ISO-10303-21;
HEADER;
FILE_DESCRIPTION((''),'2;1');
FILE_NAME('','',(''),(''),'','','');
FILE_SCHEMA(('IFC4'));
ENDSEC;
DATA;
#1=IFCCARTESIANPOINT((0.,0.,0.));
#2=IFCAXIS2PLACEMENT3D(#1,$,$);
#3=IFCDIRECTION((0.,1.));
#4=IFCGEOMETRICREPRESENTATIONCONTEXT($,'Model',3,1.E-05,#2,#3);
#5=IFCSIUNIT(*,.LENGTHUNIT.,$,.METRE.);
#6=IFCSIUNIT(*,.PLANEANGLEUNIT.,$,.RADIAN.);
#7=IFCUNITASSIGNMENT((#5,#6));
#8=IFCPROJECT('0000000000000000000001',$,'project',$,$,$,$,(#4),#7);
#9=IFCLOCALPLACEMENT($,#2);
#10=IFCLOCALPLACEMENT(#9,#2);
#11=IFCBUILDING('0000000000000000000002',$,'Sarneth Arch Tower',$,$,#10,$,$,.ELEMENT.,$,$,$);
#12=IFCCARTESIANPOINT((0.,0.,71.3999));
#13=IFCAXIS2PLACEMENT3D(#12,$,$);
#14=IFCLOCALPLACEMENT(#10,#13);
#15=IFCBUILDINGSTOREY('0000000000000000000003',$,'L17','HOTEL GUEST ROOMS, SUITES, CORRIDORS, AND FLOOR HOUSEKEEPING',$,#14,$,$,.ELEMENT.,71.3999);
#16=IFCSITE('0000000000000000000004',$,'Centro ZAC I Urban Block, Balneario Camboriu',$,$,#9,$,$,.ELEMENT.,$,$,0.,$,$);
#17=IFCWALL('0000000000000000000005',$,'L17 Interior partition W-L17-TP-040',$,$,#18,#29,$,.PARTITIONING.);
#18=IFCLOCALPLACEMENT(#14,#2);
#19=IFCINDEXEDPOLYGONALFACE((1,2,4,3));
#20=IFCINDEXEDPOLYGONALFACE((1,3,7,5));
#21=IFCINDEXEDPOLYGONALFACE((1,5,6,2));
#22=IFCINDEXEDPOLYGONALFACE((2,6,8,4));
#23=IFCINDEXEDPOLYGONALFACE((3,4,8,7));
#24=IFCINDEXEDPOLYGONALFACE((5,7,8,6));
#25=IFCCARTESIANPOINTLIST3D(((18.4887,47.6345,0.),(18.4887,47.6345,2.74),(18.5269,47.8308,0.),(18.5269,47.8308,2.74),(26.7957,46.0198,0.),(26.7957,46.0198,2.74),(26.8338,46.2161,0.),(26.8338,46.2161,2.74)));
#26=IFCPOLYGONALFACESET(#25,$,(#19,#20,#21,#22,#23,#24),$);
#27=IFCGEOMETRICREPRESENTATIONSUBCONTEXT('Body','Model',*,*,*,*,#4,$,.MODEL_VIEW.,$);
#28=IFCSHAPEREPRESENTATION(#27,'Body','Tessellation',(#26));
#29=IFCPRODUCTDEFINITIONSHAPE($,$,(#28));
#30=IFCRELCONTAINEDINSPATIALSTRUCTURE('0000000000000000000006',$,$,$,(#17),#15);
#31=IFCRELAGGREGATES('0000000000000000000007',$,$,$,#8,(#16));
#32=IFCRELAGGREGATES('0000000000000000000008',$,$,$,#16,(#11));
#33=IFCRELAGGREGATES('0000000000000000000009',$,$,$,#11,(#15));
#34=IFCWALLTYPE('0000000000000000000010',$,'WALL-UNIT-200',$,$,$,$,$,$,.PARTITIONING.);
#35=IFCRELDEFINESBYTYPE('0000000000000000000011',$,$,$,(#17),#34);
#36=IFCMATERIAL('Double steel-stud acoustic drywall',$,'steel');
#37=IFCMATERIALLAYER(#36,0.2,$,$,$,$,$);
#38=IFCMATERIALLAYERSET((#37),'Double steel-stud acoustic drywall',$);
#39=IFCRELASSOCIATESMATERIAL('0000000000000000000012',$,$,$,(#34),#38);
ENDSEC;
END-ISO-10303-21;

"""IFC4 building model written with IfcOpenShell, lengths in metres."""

from ifc_helpers import new_model, si_unit, direction, frame, frame_2d, origin, place, context, subcontext, project, spatial, rectangle, extrude, material, layer, layer_set, type_object, element, save


model = new_model("IFC4")

# Units and contexts
model_context = context("Model", 3, precision=1e-05, world=origin(), true_north=direction((0.0, 1.0)))
body_context = subcontext(model_context, "Body", "Model", "MODEL_VIEW")
ifc_project = project(units=[si_unit("LENGTHUNIT", "METRE"), si_unit("PLANEANGLEUNIT", "RADIAN")], contexts=[model_context])

# Site, building, storey
site_placement = place(None, origin())
site = spatial("IfcSite", under=ifc_project, at=site_placement, Name="Centro ZAC I Urban Block, Balneario Camboriu", CompositionType="ELEMENT", RefElevation=0.0)
building_placement = place(site_placement, origin())
building = spatial("IfcBuilding", under=site, at=building_placement, Name="Sarneth Arch Tower", CompositionType="ELEMENT")
storey_placement = place(building_placement, frame((0.0, 0.0, 71.3999)))
storey = spatial("IfcBuildingStorey", under=building, at=storey_placement, Name="L17", Description="HOTEL GUEST ROOMS, SUITES, CORRIDORS, AND FLOOR HOUSEKEEPING", CompositionType="ELEMENT", Elevation=71.3999)

# Wall
ifc_material_1 = material(Name="Double steel-stud acoustic drywall", Category="steel")
ifc_layer_1 = layer(ifc_material_1, 0.2)
ifc_layer_set_1 = layer_set([ifc_layer_1], Name="Double steel-stud acoustic drywall")
wall_type_1 = type_object("IfcWallType", Name="WALL-UNIT-200", PredefinedType="PARTITIONING", material=ifc_layer_set_1)
wall_1_placement = place(storey_placement, frame((18.5078, 47.7327, 0.0), z_axis=(0.0, 0.0, 1.0), x_axis=(0.981626, -0.190815, 0.0)))
element("IfcWall", 1, at=wall_1_placement, inside=storey, type_object=wall_type_1, Name="L17 Interior partition W-L17-TP-040", PredefinedType="PARTITIONING", context=body_context, shape_type="SweptSolid", body=[
    extrude(rectangle(XDim=8.4624, YDim=0.2, at=frame_2d((4.2312, 0.0))), origin(), (0.0, 0.0, 1.0), 2.74),
])

save(model, "model.ifc")
